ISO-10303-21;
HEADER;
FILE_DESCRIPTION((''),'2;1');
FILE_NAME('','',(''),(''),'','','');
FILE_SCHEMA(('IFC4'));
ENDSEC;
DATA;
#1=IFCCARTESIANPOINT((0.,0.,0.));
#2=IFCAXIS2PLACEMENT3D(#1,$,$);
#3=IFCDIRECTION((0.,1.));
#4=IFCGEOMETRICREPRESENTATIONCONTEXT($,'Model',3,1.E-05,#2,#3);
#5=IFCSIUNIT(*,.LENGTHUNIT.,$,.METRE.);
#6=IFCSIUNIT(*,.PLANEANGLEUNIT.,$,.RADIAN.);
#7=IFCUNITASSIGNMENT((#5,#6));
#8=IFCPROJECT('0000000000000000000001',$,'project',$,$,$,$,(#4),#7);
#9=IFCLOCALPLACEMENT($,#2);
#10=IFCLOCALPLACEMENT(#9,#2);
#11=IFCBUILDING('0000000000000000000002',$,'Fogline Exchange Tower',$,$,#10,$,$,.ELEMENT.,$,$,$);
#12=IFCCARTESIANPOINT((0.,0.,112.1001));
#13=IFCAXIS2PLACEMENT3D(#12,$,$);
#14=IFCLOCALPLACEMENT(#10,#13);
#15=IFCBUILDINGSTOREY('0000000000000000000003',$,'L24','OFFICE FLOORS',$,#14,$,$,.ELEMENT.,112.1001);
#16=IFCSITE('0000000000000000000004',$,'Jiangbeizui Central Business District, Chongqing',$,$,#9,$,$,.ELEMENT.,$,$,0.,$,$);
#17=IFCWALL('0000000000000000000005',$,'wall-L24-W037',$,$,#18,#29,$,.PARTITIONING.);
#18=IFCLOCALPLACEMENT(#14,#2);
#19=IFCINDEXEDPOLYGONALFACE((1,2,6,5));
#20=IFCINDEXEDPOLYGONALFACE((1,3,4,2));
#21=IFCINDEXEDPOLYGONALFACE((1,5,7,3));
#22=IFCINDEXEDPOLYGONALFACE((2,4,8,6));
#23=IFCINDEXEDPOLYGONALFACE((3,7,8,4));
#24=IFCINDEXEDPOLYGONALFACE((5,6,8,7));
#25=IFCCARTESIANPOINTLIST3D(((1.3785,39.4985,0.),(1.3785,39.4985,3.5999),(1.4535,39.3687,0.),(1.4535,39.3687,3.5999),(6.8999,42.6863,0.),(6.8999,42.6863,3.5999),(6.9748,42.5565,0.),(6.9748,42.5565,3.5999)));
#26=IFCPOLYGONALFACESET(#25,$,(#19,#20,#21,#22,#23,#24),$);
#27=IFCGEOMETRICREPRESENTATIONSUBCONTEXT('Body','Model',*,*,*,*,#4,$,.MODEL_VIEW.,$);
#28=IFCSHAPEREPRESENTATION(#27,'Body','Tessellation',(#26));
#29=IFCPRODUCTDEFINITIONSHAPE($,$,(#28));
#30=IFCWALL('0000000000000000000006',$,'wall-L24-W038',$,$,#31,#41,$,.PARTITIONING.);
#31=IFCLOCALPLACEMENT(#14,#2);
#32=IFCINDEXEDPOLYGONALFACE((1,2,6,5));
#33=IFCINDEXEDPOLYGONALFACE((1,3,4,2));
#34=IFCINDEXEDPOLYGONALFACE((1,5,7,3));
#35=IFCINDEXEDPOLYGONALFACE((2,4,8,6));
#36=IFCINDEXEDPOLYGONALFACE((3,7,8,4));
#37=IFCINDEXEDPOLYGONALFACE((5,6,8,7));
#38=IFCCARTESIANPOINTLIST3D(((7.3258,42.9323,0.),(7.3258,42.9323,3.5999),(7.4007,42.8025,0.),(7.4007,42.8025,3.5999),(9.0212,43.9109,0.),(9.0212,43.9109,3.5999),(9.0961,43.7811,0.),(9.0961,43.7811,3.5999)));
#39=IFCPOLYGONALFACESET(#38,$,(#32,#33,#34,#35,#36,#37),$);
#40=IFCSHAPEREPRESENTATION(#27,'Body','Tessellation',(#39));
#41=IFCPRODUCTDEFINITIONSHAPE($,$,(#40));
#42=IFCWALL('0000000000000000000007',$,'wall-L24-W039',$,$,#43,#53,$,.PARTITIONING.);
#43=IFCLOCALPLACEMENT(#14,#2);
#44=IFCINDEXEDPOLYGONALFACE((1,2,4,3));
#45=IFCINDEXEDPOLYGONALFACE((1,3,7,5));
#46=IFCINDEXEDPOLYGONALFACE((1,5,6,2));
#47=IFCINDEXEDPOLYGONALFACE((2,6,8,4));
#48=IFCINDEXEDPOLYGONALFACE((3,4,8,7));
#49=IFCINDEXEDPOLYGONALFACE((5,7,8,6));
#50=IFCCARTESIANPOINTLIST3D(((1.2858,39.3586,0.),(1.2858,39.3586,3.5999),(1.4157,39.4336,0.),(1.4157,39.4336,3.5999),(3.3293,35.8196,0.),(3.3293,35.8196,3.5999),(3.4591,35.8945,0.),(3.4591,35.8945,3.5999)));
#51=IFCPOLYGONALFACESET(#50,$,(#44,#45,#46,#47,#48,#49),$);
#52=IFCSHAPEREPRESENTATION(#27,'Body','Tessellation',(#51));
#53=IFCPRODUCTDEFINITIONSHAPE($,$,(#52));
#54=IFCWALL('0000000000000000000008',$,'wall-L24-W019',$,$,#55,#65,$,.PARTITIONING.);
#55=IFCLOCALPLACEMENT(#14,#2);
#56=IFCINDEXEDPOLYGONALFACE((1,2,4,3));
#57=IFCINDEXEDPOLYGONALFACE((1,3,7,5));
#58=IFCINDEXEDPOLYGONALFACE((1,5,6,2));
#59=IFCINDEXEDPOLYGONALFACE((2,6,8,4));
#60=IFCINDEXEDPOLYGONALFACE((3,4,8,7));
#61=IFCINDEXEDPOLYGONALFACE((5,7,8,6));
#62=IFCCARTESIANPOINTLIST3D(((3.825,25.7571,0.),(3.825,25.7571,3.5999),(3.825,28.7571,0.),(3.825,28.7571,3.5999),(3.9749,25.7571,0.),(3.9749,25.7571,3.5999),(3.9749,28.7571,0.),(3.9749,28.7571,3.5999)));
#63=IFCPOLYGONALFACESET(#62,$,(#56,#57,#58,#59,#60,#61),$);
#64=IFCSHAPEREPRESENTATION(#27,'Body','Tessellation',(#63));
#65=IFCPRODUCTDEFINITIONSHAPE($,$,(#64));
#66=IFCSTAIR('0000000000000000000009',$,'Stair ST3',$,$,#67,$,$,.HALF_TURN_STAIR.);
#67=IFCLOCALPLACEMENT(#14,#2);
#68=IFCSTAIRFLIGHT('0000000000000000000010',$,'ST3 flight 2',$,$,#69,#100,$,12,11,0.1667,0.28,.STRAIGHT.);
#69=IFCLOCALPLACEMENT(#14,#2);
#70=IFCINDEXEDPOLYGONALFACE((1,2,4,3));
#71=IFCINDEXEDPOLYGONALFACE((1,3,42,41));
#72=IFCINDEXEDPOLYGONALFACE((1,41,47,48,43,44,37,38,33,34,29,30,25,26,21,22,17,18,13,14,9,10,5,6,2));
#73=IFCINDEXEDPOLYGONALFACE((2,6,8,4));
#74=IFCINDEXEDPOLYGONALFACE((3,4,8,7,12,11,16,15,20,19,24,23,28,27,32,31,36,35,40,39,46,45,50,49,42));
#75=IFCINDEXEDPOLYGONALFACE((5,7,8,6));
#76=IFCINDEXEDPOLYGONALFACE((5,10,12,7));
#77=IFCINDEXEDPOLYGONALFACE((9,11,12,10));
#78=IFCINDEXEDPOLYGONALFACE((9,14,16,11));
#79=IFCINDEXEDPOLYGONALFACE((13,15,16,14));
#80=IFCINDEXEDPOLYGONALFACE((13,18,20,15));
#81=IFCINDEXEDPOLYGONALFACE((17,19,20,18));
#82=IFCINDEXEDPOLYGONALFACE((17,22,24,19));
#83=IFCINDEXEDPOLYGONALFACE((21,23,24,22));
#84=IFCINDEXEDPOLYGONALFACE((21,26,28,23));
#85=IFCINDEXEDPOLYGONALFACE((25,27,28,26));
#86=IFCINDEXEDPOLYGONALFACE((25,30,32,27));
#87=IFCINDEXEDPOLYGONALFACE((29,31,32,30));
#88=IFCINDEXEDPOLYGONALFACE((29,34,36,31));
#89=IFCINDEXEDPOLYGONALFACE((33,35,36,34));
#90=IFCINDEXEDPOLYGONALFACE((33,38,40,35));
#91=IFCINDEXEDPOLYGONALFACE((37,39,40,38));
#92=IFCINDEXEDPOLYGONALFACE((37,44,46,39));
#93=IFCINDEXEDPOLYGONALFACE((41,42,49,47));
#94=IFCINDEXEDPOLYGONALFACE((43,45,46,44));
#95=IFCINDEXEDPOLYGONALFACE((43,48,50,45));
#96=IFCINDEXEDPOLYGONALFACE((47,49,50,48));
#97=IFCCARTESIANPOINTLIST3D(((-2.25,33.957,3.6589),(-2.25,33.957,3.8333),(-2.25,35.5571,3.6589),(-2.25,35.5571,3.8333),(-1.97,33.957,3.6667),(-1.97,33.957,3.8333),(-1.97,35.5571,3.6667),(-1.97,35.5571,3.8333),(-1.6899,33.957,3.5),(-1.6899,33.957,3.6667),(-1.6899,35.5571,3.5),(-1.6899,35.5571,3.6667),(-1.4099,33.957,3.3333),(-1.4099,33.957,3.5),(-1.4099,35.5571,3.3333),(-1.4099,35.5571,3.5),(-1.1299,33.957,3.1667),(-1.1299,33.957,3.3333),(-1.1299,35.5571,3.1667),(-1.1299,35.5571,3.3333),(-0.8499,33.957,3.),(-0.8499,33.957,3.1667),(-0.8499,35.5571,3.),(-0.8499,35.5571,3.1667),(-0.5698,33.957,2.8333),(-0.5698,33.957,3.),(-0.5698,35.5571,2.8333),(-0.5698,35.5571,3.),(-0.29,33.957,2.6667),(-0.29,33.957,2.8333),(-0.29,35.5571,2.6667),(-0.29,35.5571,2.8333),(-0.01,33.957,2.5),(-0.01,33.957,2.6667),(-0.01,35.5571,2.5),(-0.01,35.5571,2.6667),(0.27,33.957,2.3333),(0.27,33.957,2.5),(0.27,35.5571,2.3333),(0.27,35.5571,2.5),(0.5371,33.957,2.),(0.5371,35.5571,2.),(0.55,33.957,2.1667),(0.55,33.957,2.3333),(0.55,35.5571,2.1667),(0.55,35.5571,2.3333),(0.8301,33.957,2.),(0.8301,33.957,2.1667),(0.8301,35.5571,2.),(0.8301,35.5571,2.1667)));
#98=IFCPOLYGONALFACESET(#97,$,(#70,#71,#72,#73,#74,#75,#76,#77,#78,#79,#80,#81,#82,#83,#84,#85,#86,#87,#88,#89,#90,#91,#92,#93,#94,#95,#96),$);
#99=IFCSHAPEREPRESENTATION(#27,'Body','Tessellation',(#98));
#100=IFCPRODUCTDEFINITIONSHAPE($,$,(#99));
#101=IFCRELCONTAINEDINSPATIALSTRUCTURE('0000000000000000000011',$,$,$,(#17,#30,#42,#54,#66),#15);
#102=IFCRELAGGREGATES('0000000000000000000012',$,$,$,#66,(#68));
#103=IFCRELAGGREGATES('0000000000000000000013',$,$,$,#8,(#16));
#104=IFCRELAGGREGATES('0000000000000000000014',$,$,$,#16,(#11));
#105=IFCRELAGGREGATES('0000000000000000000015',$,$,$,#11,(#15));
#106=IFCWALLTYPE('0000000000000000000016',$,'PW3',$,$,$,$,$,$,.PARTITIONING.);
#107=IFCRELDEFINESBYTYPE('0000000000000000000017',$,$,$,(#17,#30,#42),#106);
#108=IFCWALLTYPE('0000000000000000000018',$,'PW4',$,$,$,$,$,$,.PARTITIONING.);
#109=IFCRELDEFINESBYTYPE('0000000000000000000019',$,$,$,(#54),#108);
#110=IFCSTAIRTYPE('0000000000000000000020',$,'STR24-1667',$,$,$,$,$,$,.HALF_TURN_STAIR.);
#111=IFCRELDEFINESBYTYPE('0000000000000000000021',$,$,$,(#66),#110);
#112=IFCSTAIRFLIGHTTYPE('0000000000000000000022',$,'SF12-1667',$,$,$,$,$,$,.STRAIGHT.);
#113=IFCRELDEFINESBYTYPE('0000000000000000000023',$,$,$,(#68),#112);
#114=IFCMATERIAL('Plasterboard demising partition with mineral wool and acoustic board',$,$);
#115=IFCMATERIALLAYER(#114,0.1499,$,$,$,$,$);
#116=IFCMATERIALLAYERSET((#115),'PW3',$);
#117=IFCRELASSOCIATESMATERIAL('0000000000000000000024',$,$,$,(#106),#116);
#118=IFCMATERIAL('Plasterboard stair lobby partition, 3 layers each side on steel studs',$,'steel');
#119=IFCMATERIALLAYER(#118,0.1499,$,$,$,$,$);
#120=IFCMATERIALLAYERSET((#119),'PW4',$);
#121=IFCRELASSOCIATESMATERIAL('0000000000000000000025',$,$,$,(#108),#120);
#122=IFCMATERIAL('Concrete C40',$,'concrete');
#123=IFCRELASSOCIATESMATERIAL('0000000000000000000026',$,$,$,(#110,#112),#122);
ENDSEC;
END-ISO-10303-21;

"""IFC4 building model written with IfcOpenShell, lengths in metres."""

from ifc_helpers import new_model, si_unit, direction, frame, frame_2d, origin, place, context, subcontext, project, spatial, polyline, rectangle, outline, extrude, material, layer, layer_set, type_object, element, aggregate, save


model = new_model("IFC4")

# Units and contexts
model_context = context("Model", 3, precision=1e-05, world=origin(), true_north=direction((0.0, 1.0)))
body_context = subcontext(model_context, "Body", "Model", "MODEL_VIEW")
ifc_project = project(units=[si_unit("LENGTHUNIT", "METRE"), si_unit("PLANEANGLEUNIT", "RADIAN")], contexts=[model_context])

# Site, building, storey
site_placement = place(None, origin())
site = spatial("IfcSite", under=ifc_project, at=site_placement, Name="Jiangbeizui Central Business District, Chongqing", CompositionType="ELEMENT", RefElevation=0.0)
building_placement = place(site_placement, origin())
building = spatial("IfcBuilding", under=site, at=building_placement, Name="Fogline Exchange Tower", CompositionType="ELEMENT")
storey_placement = place(building_placement, frame((0.0, 0.0, 112.1001)))
storey = spatial("IfcBuildingStorey", under=building, at=storey_placement, Name="L24", Description="OFFICE FLOORS", CompositionType="ELEMENT", Elevation=112.1001)

# Shared definitions
ifc_material_1 = material(Name="Concrete C40", Category="concrete")

# Walls
ifc_material_2 = material(Name="Plasterboard demising partition with mineral wool and acoustic board")
ifc_layer_1 = layer(ifc_material_2, 0.1499)
ifc_layer_set_1 = layer_set([ifc_layer_1], Name="PW3")
wall_type_1 = type_object("IfcWallType", Name="PW3", PredefinedType="PARTITIONING", material=ifc_layer_set_1)
wall_1_placement = place(storey_placement, frame((1.416, 39.4336, 0.0), z_axis=(0.0, 0.0, 1.0), x_axis=(0.866022, 0.500006, 0.0)))
element("IfcWall", 1, at=wall_1_placement, inside=storey, type_object=wall_type_1, Name="wall-L24-W037", PredefinedType="PARTITIONING", context=body_context, shape_type="SweptSolid", body=[
    extrude(rectangle(XDim=6.3755, YDim=0.1499, at=frame_2d((3.1877, 0.0))), origin(), (0.0, 0.0, 1.0), 3.5999),
])
wall_2_placement = place(storey_placement, frame((7.3633, 42.8674, 0.0), z_axis=(0.0, 0.0, 1.0), x_axis=(0.866086, 0.499895, 0.0)))
element("IfcWall", 2, at=wall_2_placement, inside=storey, type_object=wall_type_1, Name="wall-L24-W038", PredefinedType="PARTITIONING", context=body_context, shape_type="SweptSolid", body=[
    extrude(rectangle(XDim=1.9575, YDim=0.1499, at=frame_2d((0.9788, 0.0))), origin(), (0.0, 0.0, 1.0), 3.5999),
])
wall_3_placement = place(storey_placement, frame((3.3943, 35.8569, 0.0), z_axis=(0.0, 0.0, 1.0), x_axis=(-0.500033, 0.866007, 0.0)))
element("IfcWall", 3, at=wall_3_placement, inside=storey, type_object=wall_type_1, Name="wall-L24-W039", PredefinedType="PARTITIONING", context=body_context, shape_type="SweptSolid", body=[
    extrude(rectangle(XDim=4.0867, YDim=0.1499, at=frame_2d((2.0435, 0.0))), origin(), (0.0, 0.0, 1.0), 3.5999),
])
ifc_material_3 = material(Name="Plasterboard stair lobby partition, 3 layers each side on steel studs", Category="steel")
ifc_layer_2 = layer(ifc_material_3, 0.1499)
ifc_layer_set_2 = layer_set([ifc_layer_2], Name="PW4")
wall_type_2 = type_object("IfcWallType", Name="PW4", PredefinedType="PARTITIONING", material=ifc_layer_set_2)
wall_4_placement = place(storey_placement, frame((3.8999, 28.7571, 0.0), z_axis=(0.0, 0.0, 1.0), x_axis=(0.0, -1.0, 0.0)))
element("IfcWall", 4, at=wall_4_placement, inside=storey, type_object=wall_type_2, Name="wall-L24-W019", PredefinedType="PARTITIONING", context=body_context, shape_type="SweptSolid", body=[
    extrude(rectangle(XDim=3.0, YDim=0.1499, at=frame_2d((1.5, 0.0))), origin(), (0.0, 0.0, 1.0), 3.5999),
])

# Stair, stair flight
stair_type = type_object("IfcStairType", Name="STR24-1667", PredefinedType="HALF_TURN_STAIR", material=ifc_material_1)
stair_placement = place(storey_placement, origin())
stair = element("IfcStair", 5, at=stair_placement, inside=storey, type_object=stair_type, Name="Stair ST3", PredefinedType="HALF_TURN_STAIR")
stair_flight_type = type_object("IfcStairFlightType", Name="SF12-1667", PredefinedType="STRAIGHT", material=ifc_material_1)
stair_flight_placement = place(storey_placement, frame((0.8301, 34.7571, 2.0), z_axis=(0.0, 0.0, 1.0), x_axis=(-1.0, 0.0, 0.0)))
stair_flight = element("IfcStairFlight", 6, at=stair_flight_placement, type_object=stair_flight_type, Name="ST3 flight 2", NumberOfRisers=12, NumberOfTreads=11, PredefinedType="STRAIGHT", RiserHeight=0.1667, TreadLength=0.28, context=body_context, shape_type="SweptSolid", body=[
    extrude(outline(polyline([(0.0, 0.0), (0.0, 0.1667), (0.28, 0.1667), (0.28, 0.3333), (0.5601, 0.3333), (0.5601, 0.5), (0.8401, 0.5), (0.8401, 0.6667), (1.1201, 0.6667), (1.1201, 0.8333), (1.3999, 0.8333), (1.3999, 1.0), (1.6799, 1.0), (1.6799, 1.1667), (1.96, 1.1667), (1.96, 1.3333), (2.24, 1.3333), (2.24, 1.5), (2.52, 1.5), (2.52, 1.6667), (2.8, 1.6667), (2.8, 1.8333), (3.0801, 1.8333), (3.0801, 2.0), (3.0801, 1.6589), (0.293, 0.0), (0.0, 0.0)])), frame((0.0, 0.8, 0.0), z_axis=(0.0, -1.0, 0.0), x_axis=(1.0, 0.0, 0.0)), (0.0, 0.0, 1.0), 1.6001),
])
aggregate(stair, [stair_flight])

save(model, "model.ifc")
